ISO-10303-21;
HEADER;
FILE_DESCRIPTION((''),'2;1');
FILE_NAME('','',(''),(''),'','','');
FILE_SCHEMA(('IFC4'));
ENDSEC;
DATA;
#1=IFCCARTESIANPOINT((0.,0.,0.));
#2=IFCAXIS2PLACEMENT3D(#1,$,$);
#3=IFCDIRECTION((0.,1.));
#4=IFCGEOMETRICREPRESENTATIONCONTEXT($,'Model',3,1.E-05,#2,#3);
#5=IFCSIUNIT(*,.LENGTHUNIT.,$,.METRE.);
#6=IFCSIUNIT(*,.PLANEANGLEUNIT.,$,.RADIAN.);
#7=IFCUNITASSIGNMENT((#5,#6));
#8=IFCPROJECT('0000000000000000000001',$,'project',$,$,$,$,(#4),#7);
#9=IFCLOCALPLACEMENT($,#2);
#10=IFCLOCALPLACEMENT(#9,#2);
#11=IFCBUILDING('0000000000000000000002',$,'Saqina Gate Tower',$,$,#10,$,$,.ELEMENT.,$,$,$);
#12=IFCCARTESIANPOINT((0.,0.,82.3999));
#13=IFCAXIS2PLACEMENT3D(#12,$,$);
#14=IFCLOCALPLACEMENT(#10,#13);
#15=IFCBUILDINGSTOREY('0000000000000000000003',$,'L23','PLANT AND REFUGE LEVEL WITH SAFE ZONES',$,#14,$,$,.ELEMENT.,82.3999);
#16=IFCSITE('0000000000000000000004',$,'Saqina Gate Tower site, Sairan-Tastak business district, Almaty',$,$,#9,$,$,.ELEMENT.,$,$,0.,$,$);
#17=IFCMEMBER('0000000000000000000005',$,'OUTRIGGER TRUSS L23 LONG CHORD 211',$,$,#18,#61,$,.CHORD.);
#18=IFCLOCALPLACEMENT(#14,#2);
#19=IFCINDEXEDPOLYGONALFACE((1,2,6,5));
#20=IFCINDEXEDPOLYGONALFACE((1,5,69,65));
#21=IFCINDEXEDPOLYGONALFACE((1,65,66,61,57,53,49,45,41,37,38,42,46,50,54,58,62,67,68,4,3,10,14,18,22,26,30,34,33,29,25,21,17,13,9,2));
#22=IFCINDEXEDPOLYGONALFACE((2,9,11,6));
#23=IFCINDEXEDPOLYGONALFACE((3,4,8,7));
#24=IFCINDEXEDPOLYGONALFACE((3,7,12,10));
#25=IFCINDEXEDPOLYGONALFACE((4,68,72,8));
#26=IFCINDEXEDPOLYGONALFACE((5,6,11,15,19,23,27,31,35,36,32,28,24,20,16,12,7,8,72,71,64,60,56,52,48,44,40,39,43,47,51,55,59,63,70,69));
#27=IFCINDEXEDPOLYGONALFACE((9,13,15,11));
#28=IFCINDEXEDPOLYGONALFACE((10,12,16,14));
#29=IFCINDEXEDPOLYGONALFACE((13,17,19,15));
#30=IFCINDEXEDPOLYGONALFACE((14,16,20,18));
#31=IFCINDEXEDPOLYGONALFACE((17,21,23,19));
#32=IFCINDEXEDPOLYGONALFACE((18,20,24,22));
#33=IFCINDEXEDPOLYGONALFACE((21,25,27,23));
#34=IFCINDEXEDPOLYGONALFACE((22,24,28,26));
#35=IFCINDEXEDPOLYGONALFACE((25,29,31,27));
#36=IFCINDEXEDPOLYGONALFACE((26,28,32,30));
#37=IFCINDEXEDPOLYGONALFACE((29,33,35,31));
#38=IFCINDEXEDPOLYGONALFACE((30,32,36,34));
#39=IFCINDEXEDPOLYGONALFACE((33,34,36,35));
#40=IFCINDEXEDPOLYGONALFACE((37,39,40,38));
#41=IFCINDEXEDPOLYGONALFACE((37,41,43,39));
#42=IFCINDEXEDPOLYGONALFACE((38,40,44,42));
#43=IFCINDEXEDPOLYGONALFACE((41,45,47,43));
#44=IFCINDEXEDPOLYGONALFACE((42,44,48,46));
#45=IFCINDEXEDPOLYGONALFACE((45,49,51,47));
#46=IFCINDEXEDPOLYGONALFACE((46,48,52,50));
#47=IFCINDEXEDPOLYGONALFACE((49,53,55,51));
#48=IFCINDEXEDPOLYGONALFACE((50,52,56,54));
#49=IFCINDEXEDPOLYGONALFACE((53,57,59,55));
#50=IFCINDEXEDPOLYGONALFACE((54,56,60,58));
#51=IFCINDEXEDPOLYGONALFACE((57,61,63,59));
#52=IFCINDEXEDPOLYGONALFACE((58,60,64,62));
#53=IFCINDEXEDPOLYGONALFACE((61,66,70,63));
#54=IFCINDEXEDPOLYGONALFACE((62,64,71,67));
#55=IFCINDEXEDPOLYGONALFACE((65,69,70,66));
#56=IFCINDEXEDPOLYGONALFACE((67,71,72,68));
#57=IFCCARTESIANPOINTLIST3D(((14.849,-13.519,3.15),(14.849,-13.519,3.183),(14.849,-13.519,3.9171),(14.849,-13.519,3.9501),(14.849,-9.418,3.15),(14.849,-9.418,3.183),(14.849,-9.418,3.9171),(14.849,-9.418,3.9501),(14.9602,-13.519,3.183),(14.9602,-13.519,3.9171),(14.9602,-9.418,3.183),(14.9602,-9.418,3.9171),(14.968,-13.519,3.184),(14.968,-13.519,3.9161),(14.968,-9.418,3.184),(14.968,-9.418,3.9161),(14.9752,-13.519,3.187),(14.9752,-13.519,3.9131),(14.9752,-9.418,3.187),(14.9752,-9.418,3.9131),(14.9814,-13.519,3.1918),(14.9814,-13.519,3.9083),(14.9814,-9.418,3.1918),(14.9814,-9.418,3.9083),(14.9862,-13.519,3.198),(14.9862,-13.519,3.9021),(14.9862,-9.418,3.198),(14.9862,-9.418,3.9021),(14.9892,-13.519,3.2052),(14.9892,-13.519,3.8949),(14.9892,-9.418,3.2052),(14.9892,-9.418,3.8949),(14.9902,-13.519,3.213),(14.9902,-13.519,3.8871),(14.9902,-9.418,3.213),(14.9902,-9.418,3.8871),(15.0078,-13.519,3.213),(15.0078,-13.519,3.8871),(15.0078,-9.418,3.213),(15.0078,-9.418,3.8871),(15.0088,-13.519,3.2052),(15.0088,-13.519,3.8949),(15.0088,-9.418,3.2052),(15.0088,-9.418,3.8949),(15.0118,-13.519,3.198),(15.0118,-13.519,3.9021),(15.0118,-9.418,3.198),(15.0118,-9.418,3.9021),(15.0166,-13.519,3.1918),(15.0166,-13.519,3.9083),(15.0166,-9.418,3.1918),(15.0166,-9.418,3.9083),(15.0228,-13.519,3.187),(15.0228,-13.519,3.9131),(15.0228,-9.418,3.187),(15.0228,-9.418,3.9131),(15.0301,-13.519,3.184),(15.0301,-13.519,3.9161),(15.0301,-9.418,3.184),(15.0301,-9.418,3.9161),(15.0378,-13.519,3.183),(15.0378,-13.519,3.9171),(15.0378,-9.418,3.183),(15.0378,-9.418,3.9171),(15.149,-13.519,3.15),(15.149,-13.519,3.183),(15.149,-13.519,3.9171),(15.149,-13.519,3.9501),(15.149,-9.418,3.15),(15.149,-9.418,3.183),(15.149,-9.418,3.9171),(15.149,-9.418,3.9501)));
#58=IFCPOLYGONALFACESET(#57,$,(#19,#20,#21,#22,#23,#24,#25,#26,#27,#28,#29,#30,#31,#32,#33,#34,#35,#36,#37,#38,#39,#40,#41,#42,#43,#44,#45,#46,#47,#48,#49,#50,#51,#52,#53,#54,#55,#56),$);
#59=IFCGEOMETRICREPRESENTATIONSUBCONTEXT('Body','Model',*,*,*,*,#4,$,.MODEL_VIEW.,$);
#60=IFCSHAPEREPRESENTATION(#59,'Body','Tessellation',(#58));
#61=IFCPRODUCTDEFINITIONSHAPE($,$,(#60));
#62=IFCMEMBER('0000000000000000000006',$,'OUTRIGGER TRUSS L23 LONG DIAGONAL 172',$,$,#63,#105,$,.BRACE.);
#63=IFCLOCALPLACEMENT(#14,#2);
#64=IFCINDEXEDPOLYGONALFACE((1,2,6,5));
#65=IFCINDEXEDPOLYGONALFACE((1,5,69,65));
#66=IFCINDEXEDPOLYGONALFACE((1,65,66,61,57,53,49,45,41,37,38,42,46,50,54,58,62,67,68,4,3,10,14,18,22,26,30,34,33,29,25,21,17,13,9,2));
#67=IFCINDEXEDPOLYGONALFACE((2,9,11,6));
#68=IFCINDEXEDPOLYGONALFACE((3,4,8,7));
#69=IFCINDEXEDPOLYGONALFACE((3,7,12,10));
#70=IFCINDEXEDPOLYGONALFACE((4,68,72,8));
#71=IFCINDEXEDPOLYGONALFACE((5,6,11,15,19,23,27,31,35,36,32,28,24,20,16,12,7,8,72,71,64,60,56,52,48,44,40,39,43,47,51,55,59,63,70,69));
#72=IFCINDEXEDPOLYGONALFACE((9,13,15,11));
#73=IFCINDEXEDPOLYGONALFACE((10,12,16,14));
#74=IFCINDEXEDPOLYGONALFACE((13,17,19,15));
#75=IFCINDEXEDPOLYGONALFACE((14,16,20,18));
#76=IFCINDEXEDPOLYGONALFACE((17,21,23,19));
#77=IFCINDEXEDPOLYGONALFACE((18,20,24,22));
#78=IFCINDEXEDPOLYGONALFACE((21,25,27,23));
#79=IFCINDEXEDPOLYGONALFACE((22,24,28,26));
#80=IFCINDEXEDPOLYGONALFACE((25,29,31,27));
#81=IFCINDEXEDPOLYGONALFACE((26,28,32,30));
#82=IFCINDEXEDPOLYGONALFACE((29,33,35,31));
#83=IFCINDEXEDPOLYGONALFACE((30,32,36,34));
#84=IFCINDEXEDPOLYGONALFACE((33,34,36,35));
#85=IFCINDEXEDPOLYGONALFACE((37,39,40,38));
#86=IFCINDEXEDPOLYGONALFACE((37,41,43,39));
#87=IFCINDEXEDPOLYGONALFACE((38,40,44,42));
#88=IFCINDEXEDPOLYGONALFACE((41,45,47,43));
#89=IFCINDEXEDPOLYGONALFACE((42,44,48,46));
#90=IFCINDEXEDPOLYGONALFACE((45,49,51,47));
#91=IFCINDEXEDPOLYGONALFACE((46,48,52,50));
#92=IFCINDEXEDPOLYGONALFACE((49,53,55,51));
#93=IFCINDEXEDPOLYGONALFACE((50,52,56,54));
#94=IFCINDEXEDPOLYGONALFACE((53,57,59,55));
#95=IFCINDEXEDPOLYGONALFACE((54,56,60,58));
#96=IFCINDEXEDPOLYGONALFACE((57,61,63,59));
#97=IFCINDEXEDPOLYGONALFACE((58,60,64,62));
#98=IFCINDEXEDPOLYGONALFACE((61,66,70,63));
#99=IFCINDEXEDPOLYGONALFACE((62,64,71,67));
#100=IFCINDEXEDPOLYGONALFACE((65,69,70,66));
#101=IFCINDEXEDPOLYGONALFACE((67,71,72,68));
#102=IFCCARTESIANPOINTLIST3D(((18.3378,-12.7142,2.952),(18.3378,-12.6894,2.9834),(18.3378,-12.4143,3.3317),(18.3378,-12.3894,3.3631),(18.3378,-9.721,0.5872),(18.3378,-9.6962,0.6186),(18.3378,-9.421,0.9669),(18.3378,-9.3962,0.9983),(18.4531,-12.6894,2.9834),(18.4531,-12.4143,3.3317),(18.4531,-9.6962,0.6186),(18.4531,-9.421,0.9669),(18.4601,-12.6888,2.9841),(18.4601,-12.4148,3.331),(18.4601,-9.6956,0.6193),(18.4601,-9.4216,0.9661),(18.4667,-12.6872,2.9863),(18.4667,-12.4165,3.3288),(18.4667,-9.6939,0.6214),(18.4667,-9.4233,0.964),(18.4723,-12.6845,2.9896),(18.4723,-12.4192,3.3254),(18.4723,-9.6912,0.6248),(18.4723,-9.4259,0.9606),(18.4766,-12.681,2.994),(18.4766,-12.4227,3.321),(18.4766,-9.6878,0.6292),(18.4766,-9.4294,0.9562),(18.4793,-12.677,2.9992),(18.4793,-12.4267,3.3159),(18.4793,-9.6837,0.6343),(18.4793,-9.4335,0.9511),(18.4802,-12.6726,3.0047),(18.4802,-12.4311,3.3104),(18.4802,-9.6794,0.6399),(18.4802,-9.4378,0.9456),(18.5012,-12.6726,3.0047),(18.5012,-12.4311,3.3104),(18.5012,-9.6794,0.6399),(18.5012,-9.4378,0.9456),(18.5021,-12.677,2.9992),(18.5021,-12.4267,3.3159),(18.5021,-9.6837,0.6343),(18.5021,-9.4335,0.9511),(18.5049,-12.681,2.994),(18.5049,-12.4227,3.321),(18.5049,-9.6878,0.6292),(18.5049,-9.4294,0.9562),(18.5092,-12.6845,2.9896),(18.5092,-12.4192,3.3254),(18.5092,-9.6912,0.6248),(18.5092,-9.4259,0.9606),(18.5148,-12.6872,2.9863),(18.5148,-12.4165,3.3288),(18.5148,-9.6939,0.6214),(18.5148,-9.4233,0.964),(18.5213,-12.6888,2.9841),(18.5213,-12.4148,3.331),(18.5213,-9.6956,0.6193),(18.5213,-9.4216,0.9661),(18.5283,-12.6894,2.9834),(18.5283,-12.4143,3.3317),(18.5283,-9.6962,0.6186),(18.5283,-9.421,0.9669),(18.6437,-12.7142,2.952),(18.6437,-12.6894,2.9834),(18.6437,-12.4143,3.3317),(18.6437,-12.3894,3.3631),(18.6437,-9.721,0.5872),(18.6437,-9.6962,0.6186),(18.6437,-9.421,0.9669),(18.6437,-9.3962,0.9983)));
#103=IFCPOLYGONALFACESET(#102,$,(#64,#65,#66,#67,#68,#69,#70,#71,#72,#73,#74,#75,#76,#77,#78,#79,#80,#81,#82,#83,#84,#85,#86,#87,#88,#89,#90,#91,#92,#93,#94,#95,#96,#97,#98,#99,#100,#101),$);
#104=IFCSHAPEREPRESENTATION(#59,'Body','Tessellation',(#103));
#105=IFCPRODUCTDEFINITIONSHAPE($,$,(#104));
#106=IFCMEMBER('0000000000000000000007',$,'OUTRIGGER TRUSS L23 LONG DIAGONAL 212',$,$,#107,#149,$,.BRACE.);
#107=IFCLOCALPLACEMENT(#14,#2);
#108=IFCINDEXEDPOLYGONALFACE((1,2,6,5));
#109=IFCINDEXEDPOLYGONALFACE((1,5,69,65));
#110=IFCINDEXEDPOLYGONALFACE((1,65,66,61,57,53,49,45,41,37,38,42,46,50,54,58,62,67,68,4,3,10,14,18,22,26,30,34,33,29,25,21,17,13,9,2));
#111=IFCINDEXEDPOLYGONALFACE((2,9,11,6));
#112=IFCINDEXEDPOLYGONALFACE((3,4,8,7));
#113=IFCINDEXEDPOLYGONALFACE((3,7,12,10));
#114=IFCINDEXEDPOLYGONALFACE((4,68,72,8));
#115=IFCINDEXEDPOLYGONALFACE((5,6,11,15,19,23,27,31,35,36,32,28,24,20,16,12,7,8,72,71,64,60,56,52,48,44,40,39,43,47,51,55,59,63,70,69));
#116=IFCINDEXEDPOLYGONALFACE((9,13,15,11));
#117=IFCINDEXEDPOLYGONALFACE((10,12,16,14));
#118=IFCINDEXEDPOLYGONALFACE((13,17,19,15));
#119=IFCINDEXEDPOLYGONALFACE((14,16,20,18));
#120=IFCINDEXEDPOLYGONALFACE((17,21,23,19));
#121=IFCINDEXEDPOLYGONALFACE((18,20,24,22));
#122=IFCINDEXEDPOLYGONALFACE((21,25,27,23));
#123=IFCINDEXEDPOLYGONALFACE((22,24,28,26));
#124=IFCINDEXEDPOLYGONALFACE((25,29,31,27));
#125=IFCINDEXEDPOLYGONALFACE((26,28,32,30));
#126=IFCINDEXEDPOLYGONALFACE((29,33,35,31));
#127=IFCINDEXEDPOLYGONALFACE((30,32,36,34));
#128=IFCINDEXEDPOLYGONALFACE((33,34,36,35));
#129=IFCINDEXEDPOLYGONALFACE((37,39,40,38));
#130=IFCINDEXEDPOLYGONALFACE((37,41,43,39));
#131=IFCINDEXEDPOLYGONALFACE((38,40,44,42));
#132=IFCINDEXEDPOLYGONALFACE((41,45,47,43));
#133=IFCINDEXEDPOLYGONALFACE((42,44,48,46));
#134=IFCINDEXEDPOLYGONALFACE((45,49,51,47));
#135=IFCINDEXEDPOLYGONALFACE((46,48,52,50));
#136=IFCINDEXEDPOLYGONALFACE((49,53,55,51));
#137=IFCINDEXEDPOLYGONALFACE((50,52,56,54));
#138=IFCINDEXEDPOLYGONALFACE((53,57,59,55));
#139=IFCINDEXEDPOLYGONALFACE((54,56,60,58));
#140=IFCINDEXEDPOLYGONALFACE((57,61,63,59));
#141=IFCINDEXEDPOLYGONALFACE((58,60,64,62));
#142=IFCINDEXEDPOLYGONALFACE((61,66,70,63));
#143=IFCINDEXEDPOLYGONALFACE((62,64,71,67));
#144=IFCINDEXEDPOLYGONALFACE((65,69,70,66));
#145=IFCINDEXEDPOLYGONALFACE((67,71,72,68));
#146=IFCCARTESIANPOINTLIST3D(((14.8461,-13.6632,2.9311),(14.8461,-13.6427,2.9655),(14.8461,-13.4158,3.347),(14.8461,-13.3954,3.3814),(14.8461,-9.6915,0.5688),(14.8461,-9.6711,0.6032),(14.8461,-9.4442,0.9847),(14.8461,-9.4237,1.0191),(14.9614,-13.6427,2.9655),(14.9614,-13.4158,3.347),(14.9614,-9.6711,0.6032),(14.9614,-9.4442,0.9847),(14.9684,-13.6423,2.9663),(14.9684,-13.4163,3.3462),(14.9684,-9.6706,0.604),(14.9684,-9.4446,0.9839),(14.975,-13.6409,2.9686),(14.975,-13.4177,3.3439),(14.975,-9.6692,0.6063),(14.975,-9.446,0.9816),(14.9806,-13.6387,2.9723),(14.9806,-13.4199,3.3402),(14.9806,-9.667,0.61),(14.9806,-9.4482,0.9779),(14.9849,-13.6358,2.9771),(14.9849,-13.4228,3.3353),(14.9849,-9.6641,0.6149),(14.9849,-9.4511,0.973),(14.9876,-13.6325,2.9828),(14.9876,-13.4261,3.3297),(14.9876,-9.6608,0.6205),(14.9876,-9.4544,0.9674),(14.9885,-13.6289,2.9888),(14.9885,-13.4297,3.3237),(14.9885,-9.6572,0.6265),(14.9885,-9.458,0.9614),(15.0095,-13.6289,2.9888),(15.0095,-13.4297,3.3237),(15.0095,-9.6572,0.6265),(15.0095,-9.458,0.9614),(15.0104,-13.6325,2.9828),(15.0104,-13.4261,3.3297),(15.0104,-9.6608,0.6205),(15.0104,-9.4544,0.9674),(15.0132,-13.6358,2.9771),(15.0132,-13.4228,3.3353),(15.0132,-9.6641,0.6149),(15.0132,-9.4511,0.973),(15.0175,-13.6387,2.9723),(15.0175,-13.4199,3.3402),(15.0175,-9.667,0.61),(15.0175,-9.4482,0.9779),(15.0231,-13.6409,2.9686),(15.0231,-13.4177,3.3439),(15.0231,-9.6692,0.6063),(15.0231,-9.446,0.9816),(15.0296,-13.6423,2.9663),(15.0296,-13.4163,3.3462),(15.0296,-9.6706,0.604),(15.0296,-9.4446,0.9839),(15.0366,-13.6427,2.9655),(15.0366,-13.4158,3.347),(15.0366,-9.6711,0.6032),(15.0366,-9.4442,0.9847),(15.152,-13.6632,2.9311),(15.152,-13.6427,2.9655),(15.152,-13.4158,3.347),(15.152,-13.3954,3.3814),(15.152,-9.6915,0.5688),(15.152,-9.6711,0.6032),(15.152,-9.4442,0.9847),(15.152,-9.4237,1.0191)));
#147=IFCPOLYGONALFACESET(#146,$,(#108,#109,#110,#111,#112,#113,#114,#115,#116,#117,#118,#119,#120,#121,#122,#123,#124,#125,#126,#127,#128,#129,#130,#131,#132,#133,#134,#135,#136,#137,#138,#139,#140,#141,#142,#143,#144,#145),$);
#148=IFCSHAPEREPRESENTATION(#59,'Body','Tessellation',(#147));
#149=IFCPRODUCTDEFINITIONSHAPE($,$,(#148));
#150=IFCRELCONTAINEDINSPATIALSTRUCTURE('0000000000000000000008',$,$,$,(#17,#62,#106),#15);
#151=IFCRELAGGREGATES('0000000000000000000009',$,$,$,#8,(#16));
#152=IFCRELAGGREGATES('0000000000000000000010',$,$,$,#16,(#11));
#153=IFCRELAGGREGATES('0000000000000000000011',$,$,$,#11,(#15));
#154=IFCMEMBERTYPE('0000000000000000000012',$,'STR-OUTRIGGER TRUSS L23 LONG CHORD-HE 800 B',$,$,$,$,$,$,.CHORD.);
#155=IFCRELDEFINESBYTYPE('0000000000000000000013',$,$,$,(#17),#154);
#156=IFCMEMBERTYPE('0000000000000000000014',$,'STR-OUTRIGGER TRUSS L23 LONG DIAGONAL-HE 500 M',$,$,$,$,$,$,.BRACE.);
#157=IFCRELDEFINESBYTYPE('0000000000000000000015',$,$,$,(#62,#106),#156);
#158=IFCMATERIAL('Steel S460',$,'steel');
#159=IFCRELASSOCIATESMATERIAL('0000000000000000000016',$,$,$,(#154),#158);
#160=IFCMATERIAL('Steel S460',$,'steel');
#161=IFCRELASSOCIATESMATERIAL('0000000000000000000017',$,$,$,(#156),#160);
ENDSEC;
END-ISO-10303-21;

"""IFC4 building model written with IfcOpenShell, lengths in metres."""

from ifc_helpers import new_model, si_unit, direction, frame, origin, origin_2d, place, context, subcontext, project, spatial, i_section, extrude, material, material_profile, profile_set, type_object, element, save


model = new_model("IFC4")

# Units and contexts
model_context = context("Model", 3, precision=1e-05, world=origin(), true_north=direction((0.0, 1.0)))
body_context = subcontext(model_context, "Body", "Model", "MODEL_VIEW")
ifc_project = project(units=[si_unit("LENGTHUNIT", "METRE"), si_unit("PLANEANGLEUNIT", "RADIAN")], contexts=[model_context])

# Site, building, storey
site_placement = place(None, origin())
site = spatial("IfcSite", under=ifc_project, at=site_placement, Name="Saqina Gate Tower site, Sairan-Tastak business district, Almaty", CompositionType="ELEMENT", RefElevation=0.0)
building_placement = place(site_placement, origin())
building = spatial("IfcBuilding", under=site, at=building_placement, Name="Saqina Gate Tower", CompositionType="ELEMENT")
storey_placement = place(building_placement, frame((0.0, 0.0, 82.3999)))
storey = spatial("IfcBuildingStorey", under=building, at=storey_placement, Name="L23", Description="PLANT AND REFUGE LEVEL WITH SAFE ZONES", CompositionType="ELEMENT", Elevation=82.3999)

# Members
ifc_material_1 = material(Name="Steel S460", Category="steel")
ifc_material_profile_1 = material_profile(ifc_material_1, i_section(OverallWidth=0.3, OverallDepth=0.8, WebThickness=0.0176, FlangeThickness=0.033, FilletRadius=0.03, at=origin_2d()), Name="HE 800 B")
ifc_profile_set_1 = profile_set([ifc_material_profile_1], Name="Steel S460")
member_type_1 = type_object("IfcMemberType", Name="STR-OUTRIGGER TRUSS L23 LONG CHORD-HE 800 B", PredefinedType="CHORD", material=ifc_profile_set_1)
for number, where, z_axis, x_axis, name in (
    (1, (14.999, -9.418, 3.55), (0.0, -1.0, 0.0), (1.0, 0.0, 0.0), "OUTRIGGER TRUSS L23 LONG CHORD 211"),
):
    element("IfcMember", number, at=place(storey_placement, frame(where, z_axis=z_axis, x_axis=x_axis)), inside=storey, type_object=member_type_1, Name=name, PredefinedType="CHORD", context=body_context, shape_type="SweptSolid", body=[
        extrude(i_section(OverallWidth=0.3, OverallDepth=0.8, WebThickness=0.0176, FlangeThickness=0.033, FilletRadius=0.03, at=origin_2d()), origin(), (0.0, 0.0, 1.0), 4.1011),
    ])
ifc_material_2 = material(Name="Steel S460", Category="steel")
ifc_material_profile_2 = material_profile(ifc_material_2, i_section(OverallWidth=0.3059, OverallDepth=0.5239, WebThickness=0.021, FlangeThickness=0.04, FilletRadius=0.0271, at=origin_2d()), Name="HE 500 M")
ifc_profile_set_2 = profile_set([ifc_material_profile_2], Name="Steel S460")
member_type_2 = type_object("IfcMemberType", Name="STR-OUTRIGGER TRUSS L23 LONG DIAGONAL-HE 500 M", PredefinedType="BRACE", material=ifc_profile_set_2)
member_1_placement = place(storey_placement, frame((18.4907, -9.5586, 0.7927), z_axis=(0.0, -0.784663, 0.619922), x_axis=(1.0, 0.0, 0.0)))
element("IfcMember", 2, at=member_1_placement, inside=storey, type_object=member_type_2, Name="OUTRIGGER TRUSS L23 LONG DIAGONAL 172", PredefinedType="BRACE", context=body_context, shape_type="SweptSolid", body=[
    extrude(i_section(OverallWidth=0.3059, OverallDepth=0.5239, WebThickness=0.021, FlangeThickness=0.04, FilletRadius=0.0271, at=origin_2d()), origin(), (0.0, 0.0, 1.0), 3.8147),
])
member_2_placement = place(storey_placement, frame((14.999, -9.5576, 0.7939), z_axis=(0.0, -0.859463, 0.511198), x_axis=(1.0, 0.0, 0.0)))
element("IfcMember", 3, at=member_2_placement, inside=storey, type_object=member_type_2, Name="OUTRIGGER TRUSS L23 LONG DIAGONAL 212", PredefinedType="BRACE", context=body_context, shape_type="SweptSolid", body=[
    extrude(i_section(OverallWidth=0.3059, OverallDepth=0.5239, WebThickness=0.021, FlangeThickness=0.04, FilletRadius=0.0271, at=origin_2d()), origin(), (0.0, 0.0, 1.0), 4.6211),
])

save(model, "model.ifc")
